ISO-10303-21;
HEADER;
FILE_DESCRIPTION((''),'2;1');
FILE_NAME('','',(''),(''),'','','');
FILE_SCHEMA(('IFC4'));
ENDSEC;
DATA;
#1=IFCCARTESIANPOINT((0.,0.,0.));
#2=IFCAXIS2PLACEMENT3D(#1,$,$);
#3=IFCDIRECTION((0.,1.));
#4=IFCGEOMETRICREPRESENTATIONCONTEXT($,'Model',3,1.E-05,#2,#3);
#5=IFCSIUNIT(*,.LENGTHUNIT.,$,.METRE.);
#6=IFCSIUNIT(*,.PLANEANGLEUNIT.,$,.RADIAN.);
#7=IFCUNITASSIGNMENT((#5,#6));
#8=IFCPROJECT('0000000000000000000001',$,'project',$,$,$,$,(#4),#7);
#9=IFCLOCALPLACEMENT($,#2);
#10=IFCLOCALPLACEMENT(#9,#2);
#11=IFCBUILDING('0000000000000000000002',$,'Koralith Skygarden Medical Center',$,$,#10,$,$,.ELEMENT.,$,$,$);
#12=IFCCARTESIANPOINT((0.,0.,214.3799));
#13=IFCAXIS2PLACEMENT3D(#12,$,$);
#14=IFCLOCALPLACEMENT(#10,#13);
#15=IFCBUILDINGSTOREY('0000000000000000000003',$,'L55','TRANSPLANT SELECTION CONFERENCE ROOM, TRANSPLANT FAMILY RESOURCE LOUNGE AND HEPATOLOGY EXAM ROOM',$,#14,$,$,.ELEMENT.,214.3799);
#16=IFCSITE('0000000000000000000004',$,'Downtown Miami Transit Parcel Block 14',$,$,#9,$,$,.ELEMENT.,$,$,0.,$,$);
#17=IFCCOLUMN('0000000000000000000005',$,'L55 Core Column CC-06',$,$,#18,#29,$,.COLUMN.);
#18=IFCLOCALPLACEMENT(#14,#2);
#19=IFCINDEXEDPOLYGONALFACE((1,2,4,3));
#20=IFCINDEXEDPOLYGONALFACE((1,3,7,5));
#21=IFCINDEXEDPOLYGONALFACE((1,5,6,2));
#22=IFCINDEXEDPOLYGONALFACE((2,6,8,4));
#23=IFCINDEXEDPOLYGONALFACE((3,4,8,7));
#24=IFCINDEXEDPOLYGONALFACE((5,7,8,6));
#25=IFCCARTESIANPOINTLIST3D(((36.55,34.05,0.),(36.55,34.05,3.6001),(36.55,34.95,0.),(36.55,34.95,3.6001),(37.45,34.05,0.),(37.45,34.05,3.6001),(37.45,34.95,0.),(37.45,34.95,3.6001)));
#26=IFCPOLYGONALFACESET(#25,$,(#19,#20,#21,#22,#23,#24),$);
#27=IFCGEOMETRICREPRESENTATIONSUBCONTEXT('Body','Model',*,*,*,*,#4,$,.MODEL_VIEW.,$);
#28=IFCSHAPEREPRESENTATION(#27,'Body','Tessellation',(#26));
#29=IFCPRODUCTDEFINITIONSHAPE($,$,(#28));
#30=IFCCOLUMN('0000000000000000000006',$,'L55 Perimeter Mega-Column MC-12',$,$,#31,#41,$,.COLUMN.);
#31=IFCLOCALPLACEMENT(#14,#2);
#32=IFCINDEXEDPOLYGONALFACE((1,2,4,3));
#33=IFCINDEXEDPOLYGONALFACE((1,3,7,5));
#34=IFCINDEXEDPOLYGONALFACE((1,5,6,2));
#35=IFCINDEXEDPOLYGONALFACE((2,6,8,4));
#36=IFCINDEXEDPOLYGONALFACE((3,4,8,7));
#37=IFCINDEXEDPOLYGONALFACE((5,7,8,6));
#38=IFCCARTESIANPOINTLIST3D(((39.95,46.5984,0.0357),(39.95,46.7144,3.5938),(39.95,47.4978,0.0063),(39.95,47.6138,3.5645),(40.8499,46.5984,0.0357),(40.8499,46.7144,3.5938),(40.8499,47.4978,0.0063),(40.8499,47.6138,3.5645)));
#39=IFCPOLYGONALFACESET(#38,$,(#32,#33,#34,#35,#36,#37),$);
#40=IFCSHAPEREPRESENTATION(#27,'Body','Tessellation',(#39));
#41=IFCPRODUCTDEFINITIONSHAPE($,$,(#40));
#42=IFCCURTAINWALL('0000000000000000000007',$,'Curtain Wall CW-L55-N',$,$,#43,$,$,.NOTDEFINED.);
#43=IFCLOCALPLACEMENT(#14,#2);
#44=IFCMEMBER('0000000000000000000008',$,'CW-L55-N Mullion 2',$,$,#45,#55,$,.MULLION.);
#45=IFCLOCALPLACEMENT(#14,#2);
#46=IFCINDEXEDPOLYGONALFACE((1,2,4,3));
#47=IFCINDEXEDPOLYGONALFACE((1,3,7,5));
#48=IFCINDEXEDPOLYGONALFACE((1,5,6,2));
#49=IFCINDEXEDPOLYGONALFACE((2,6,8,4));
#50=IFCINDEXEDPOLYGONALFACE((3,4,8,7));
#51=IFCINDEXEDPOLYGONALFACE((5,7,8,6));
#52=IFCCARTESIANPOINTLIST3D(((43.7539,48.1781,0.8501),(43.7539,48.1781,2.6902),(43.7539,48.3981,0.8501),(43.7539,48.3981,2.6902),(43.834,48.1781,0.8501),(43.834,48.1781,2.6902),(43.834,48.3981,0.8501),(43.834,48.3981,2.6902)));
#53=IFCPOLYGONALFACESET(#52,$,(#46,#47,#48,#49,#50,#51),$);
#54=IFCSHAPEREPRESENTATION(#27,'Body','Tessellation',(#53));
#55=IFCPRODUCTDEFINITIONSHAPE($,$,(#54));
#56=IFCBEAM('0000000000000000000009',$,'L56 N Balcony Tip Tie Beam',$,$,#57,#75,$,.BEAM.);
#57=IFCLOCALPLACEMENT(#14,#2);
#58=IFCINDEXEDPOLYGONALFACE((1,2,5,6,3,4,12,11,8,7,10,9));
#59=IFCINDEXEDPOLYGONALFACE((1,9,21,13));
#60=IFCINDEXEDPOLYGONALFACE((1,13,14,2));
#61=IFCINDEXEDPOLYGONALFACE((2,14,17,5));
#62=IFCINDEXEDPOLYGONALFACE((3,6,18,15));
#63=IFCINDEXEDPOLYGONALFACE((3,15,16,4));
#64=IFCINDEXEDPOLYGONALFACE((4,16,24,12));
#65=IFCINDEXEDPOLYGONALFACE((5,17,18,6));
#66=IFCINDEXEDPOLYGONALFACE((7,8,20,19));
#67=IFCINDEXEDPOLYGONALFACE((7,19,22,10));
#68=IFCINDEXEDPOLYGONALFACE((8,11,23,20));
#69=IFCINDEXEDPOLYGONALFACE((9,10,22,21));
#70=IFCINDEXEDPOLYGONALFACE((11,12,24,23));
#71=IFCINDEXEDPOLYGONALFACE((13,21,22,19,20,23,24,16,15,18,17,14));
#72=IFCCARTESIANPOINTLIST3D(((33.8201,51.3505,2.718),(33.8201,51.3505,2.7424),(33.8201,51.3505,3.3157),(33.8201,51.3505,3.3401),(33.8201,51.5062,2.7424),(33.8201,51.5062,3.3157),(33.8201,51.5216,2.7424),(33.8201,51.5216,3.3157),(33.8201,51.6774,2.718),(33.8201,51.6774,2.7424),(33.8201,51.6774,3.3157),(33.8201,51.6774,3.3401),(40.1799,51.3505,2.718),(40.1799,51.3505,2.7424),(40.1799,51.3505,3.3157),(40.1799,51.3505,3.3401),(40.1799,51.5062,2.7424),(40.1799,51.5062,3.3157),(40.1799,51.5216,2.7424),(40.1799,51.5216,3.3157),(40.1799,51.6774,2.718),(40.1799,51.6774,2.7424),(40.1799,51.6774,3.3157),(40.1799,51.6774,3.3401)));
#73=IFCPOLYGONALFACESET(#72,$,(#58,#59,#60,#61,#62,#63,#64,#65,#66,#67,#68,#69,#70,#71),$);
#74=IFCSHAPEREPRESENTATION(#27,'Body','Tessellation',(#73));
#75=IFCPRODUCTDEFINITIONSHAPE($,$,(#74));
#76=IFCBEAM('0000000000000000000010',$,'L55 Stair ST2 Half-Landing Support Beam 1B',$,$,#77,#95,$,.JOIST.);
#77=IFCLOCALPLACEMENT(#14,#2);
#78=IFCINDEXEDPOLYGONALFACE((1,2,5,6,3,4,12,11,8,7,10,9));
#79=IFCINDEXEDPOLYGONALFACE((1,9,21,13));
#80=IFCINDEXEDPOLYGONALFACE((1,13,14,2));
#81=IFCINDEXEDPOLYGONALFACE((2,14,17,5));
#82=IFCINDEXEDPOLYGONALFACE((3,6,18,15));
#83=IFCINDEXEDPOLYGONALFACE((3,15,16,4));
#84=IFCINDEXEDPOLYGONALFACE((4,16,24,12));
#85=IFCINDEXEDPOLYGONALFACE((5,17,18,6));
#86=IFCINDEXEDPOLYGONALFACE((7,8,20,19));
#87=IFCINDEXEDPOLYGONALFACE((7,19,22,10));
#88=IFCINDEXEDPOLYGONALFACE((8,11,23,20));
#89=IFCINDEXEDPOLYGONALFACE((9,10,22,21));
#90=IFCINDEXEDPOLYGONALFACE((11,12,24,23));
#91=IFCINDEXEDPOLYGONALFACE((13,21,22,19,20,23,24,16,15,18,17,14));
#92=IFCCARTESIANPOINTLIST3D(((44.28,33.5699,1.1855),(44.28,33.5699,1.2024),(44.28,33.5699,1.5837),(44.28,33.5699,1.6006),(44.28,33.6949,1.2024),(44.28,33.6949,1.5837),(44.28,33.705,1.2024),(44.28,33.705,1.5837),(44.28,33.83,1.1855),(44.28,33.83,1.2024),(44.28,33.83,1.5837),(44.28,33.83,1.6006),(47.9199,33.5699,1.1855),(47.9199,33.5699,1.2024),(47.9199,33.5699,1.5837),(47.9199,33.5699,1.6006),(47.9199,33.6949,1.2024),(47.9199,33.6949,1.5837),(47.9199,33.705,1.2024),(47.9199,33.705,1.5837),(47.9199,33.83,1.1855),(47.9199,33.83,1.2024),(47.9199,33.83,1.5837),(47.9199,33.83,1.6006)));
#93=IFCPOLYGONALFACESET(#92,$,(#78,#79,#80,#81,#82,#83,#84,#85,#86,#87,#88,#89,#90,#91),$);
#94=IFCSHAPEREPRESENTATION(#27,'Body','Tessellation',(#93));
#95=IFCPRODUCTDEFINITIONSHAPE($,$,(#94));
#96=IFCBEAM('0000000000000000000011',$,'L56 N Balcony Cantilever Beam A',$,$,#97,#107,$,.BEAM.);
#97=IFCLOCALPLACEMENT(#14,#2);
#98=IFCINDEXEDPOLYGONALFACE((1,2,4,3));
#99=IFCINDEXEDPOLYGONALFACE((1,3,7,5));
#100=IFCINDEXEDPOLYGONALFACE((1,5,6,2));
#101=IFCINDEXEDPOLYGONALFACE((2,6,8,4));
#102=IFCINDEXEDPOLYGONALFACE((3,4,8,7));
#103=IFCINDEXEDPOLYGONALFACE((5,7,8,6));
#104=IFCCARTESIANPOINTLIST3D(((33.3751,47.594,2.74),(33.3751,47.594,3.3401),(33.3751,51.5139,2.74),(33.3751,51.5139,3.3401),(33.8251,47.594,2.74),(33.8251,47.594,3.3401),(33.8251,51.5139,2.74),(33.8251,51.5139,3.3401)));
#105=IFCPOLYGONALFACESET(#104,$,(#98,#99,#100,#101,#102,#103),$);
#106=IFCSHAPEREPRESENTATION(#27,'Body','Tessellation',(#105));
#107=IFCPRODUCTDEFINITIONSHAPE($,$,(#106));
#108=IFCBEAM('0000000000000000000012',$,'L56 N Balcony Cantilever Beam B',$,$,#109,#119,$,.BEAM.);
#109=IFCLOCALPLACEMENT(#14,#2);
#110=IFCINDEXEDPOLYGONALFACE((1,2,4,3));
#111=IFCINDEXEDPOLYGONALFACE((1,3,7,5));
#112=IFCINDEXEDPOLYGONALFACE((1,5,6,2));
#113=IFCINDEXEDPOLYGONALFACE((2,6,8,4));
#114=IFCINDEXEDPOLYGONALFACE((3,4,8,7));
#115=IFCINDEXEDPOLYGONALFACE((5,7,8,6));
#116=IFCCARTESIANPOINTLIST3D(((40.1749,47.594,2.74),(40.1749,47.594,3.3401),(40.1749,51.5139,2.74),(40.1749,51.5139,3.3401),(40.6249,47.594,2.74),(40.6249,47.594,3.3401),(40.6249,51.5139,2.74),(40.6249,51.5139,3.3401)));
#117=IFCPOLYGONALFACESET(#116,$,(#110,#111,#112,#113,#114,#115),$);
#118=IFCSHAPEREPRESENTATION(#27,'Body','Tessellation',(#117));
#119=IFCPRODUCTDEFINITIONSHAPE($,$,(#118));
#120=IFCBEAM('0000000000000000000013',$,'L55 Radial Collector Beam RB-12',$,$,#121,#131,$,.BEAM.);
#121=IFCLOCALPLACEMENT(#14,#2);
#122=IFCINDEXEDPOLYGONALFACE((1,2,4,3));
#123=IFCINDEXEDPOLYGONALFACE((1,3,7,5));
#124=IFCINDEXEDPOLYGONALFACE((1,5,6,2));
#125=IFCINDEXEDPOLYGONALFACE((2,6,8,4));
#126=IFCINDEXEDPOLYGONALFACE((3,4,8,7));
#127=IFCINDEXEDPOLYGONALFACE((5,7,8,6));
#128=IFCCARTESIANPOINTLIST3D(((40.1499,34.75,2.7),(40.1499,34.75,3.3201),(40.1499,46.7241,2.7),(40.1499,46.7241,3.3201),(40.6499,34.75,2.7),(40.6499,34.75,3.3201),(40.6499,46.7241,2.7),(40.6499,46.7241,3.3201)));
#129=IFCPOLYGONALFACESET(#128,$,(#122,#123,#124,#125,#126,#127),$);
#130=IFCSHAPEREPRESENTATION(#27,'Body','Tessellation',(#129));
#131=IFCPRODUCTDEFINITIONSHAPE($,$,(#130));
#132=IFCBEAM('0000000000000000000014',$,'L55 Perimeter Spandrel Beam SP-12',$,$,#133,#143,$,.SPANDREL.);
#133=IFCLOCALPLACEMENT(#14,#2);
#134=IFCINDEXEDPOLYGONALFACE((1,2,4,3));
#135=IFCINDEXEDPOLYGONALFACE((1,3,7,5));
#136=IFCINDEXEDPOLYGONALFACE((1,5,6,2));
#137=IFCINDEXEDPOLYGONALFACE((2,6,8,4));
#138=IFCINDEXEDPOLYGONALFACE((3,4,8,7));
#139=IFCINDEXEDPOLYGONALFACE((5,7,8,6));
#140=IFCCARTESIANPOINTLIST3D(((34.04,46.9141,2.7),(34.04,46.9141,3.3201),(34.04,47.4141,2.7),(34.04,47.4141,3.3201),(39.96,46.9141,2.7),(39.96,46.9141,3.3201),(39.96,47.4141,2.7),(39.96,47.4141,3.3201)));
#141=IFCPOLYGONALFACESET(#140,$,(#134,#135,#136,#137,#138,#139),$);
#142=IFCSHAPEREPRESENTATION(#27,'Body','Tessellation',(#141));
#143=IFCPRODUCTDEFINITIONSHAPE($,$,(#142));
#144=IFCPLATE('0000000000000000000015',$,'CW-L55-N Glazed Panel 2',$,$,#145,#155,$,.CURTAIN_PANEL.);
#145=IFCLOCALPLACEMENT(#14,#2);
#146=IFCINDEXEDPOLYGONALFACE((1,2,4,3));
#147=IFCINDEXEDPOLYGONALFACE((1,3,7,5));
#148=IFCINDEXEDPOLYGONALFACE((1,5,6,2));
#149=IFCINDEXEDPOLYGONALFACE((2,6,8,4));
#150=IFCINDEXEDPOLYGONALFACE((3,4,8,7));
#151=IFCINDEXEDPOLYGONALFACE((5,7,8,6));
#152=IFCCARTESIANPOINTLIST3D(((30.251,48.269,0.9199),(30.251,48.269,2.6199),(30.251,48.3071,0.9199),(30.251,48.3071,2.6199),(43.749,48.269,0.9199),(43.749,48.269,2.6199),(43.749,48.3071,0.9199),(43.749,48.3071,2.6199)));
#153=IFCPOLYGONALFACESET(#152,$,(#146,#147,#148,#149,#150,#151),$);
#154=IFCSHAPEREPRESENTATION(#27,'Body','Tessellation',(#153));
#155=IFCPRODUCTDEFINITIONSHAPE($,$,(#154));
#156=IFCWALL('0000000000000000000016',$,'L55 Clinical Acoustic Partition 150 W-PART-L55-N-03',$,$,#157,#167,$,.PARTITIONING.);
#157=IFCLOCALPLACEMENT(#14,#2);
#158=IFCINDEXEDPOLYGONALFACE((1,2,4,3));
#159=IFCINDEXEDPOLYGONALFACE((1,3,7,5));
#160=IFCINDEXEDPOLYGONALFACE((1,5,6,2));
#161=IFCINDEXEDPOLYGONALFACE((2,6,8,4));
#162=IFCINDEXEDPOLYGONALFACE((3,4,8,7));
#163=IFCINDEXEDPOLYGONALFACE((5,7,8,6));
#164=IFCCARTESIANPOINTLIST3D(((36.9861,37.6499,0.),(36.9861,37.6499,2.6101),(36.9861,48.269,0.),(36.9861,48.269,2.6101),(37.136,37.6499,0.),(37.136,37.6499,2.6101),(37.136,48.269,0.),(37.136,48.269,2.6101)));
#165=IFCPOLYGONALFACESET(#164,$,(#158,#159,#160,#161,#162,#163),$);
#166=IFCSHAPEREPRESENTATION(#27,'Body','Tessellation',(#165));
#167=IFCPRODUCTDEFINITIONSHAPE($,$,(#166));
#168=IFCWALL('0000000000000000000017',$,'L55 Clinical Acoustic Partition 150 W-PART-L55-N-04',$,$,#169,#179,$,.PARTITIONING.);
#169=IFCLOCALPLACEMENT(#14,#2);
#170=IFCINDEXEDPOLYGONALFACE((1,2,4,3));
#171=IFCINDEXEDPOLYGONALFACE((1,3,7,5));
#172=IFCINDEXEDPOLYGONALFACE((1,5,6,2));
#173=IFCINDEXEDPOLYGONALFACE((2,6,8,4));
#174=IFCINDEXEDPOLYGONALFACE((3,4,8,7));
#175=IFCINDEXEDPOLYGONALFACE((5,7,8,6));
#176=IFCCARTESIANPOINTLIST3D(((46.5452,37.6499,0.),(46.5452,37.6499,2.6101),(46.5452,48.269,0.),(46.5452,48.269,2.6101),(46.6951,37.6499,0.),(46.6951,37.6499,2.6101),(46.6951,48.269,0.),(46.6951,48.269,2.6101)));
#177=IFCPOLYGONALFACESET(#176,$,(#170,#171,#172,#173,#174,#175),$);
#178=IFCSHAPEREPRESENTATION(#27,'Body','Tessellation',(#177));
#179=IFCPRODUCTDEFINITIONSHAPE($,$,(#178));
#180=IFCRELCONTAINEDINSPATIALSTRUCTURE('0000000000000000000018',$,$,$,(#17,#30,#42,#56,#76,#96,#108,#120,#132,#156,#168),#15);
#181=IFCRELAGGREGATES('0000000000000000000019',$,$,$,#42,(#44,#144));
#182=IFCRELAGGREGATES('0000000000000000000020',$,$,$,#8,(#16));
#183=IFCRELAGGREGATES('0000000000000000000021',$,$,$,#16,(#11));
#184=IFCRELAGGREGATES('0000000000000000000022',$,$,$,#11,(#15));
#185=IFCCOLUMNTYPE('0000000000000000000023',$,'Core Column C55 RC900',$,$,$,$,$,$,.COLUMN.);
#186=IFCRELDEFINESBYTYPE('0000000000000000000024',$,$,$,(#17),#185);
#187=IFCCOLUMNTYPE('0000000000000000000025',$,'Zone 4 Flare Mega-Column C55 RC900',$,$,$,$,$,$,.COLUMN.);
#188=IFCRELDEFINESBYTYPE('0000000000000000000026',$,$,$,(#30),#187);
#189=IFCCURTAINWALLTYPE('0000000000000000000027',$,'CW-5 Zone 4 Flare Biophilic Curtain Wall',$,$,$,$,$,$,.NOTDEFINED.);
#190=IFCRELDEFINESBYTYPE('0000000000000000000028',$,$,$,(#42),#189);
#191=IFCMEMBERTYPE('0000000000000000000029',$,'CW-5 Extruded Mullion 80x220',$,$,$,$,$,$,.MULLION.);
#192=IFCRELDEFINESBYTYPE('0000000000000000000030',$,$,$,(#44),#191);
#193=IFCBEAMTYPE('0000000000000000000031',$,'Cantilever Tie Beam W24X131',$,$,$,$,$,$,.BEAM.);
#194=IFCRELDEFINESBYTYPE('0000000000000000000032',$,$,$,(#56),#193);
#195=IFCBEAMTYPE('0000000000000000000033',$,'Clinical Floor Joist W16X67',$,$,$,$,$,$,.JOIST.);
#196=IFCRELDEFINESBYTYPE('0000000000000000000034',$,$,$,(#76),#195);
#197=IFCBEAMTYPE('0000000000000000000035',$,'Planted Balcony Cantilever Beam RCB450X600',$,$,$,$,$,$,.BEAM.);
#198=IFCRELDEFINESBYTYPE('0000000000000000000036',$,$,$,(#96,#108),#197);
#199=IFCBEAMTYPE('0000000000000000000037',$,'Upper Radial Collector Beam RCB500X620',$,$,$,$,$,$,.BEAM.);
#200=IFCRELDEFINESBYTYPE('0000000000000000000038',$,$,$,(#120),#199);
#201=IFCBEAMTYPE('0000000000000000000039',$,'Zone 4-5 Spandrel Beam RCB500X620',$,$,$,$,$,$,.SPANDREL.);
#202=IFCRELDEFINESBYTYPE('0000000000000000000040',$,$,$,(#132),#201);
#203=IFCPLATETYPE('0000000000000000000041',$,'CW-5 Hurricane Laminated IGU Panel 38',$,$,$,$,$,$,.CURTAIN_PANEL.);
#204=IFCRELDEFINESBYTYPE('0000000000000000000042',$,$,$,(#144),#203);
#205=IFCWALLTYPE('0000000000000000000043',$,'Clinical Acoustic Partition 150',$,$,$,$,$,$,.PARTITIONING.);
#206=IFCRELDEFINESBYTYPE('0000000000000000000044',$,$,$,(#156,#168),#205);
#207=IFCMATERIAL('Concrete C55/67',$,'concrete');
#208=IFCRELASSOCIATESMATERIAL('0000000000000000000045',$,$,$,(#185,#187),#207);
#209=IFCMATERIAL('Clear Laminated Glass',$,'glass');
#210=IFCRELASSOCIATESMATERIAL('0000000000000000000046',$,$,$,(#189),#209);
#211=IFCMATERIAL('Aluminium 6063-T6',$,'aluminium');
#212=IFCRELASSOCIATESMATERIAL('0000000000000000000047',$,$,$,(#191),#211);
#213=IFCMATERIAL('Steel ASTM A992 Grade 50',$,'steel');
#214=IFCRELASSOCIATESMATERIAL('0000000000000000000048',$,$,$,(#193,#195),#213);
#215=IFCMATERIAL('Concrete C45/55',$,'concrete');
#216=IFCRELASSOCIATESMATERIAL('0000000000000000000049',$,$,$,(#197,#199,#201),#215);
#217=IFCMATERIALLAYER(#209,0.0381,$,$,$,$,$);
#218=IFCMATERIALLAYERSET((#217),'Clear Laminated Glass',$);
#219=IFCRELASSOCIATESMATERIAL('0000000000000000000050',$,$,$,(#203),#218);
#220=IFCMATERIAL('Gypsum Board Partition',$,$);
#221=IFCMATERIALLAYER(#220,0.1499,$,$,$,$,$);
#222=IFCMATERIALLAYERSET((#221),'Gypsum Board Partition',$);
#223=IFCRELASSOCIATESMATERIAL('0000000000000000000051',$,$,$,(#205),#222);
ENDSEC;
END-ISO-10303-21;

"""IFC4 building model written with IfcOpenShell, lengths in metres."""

from ifc_helpers import new_model, si_unit, direction, frame, frame_2d, origin, origin_2d, place, context, subcontext, project, spatial, rectangle, i_section, extrude, material, layer, layer_set, material_profile, profile_set, type_object, element, aggregate, save


model = new_model("IFC4")

# Units and contexts
model_context = context("Model", 3, precision=1e-05, world=origin(), true_north=direction((0.0, 1.0)))
body_context = subcontext(model_context, "Body", "Model", "MODEL_VIEW")
ifc_project = project(units=[si_unit("LENGTHUNIT", "METRE"), si_unit("PLANEANGLEUNIT", "RADIAN")], contexts=[model_context])

# Site, building, storey
site_placement = place(None, origin())
site = spatial("IfcSite", under=ifc_project, at=site_placement, Name="Downtown Miami Transit Parcel Block 14", CompositionType="ELEMENT", RefElevation=0.0)
building_placement = place(site_placement, origin())
building = spatial("IfcBuilding", under=site, at=building_placement, Name="Koralith Skygarden Medical Center", CompositionType="ELEMENT")
storey_placement = place(building_placement, frame((0.0, 0.0, 214.3799)))
storey = spatial("IfcBuildingStorey", under=building, at=storey_placement, Name="L55", Description="TRANSPLANT SELECTION CONFERENCE ROOM, TRANSPLANT FAMILY RESOURCE LOUNGE AND HEPATOLOGY EXAM ROOM", CompositionType="ELEMENT", Elevation=214.3799)

# Columns
ifc_material_1 = material(Name="Concrete C55/67", Category="concrete")
ifc_material_profile_1 = material_profile(ifc_material_1, rectangle(XDim=0.8999, YDim=0.8999, at=origin_2d()), Name="RC900X900")
ifc_profile_set_1 = profile_set([ifc_material_profile_1], Name="Concrete C55/67")
column_type_1 = type_object("IfcColumnType", Name="Core Column C55 RC900", PredefinedType="COLUMN", material=ifc_profile_set_1)
column_1_placement = place(storey_placement, frame((37.0, 34.5, 0.0), z_axis=(0.0, 0.0, 1.0), x_axis=(1.0, 0.0, 0.0)))
element("IfcColumn", 1, at=column_1_placement, inside=storey, type_object=column_type_1, Name="L55 Core Column CC-06", PredefinedType="COLUMN", context=body_context, shape_type="SweptSolid", body=[
    extrude(rectangle(XDim=0.8999, YDim=0.8999, at=origin_2d()), origin(), (0.0, 0.0, 1.0), 3.6001),
])
ifc_material_profile_2 = material_profile(ifc_material_1, rectangle(XDim=0.8999, YDim=0.8999, at=origin_2d()), Name="RC900X900")
ifc_profile_set_2 = profile_set([ifc_material_profile_2], Name="Concrete C55/67")
column_type_2 = type_object("IfcColumnType", Name="Zone 4 Flare Mega-Column C55 RC900", PredefinedType="COLUMN", material=ifc_profile_set_2)
column_2_placement = place(storey_placement, frame((40.3999, 47.0481, 0.021), z_axis=(0.0, 0.032575, 0.999469), x_axis=(-1.0, 0.0, 0.0)))
element("IfcColumn", 2, at=column_2_placement, inside=storey, type_object=column_type_2, Name="L55 Perimeter Mega-Column MC-12", PredefinedType="COLUMN", context=body_context, shape_type="SweptSolid", body=[
    extrude(rectangle(XDim=0.8999, YDim=0.8999, at=origin_2d()), origin(), (0.0, 0.0, 1.0), 3.5601),
])

# Curtain wall, member
ifc_material_2 = material(Name="Clear Laminated Glass", Category="glass")
curtain_wall_type = type_object("IfcCurtainWallType", Name="CW-5 Zone 4 Flare Biophilic Curtain Wall", PredefinedType="NOTDEFINED", material=ifc_material_2)
curtain_wall_placement = place(storey_placement, origin())
curtain_wall = element("IfcCurtainWall", 3, at=curtain_wall_placement, inside=storey, type_object=curtain_wall_type, Name="Curtain Wall CW-L55-N", PredefinedType="NOTDEFINED")
ifc_material_3 = material(Name="Aluminium 6063-T6", Category="aluminium")
ifc_material_profile_3 = material_profile(ifc_material_3, rectangle(XDim=0.0801, YDim=0.22, at=origin_2d()), Name="MUL80X220")
ifc_profile_set_3 = profile_set([ifc_material_profile_3], Name="Aluminium 6063-T6")
member_type = type_object("IfcMemberType", Name="CW-5 Extruded Mullion 80x220", PredefinedType="MULLION", material=ifc_profile_set_3)
member_placement = place(storey_placement, frame((43.7939, 48.2881, 0.8501), z_axis=(0.0, 0.0, 1.0), x_axis=(1.0, 0.0, 0.0)))
member = element("IfcMember", 4, at=member_placement, type_object=member_type, Name="CW-L55-N Mullion 2", PredefinedType="MULLION", context=body_context, shape_type="SweptSolid", body=[
    extrude(rectangle(XDim=0.0801, YDim=0.22, at=origin_2d()), origin(), (0.0, 0.0, 1.0), 1.8401),
])

# Beams
ifc_material_4 = material(Name="Steel ASTM A992 Grade 50", Category="steel")
ifc_material_profile_4 = material_profile(ifc_material_4, i_section(OverallWidth=0.3269, OverallDepth=0.6221, WebThickness=0.0154, FlangeThickness=0.0244, at=origin_2d()), Name="W24X131")
ifc_profile_set_4 = profile_set([ifc_material_profile_4], Name="Steel ASTM A992 Grade 50")
beam_type_1 = type_object("IfcBeamType", Name="Cantilever Tie Beam W24X131", PredefinedType="BEAM", material=ifc_profile_set_4)
beam_1_placement = place(storey_placement, frame((33.8201, 51.5139, 3.0291), z_axis=(1.0, 0.0, 0.0), x_axis=(0.0, 1.0, 0.0)))
element("IfcBeam", 5, at=beam_1_placement, inside=storey, type_object=beam_type_1, Name="L56 N Balcony Tip Tie Beam", PredefinedType="BEAM", context=body_context, shape_type="SweptSolid", body=[
    extrude(i_section(OverallWidth=0.3269, OverallDepth=0.6221, WebThickness=0.0154, FlangeThickness=0.0244, at=origin_2d()), origin(), (0.0, 0.0, 1.0), 6.3599),
])
ifc_material_profile_5 = material_profile(ifc_material_4, i_section(OverallWidth=0.26, OverallDepth=0.415, WebThickness=0.01, FlangeThickness=0.0168, at=origin_2d()), Name="W16X67")
ifc_profile_set_5 = profile_set([ifc_material_profile_5], Name="Steel ASTM A992 Grade 50")
beam_type_2 = type_object("IfcBeamType", Name="Clinical Floor Joist W16X67", PredefinedType="JOIST", material=ifc_profile_set_5)
beam_2_placement = place(storey_placement, frame((44.28, 33.7, 1.3931), z_axis=(1.0, 0.0, 0.0), x_axis=(0.0, 1.0, 0.0)))
element("IfcBeam", 6, at=beam_2_placement, inside=storey, type_object=beam_type_2, Name="L55 Stair ST2 Half-Landing Support Beam 1B", PredefinedType="JOIST", context=body_context, shape_type="SweptSolid", body=[
    extrude(i_section(OverallWidth=0.26, OverallDepth=0.415, WebThickness=0.01, FlangeThickness=0.0168, at=origin_2d()), origin(), (0.0, 0.0, 1.0), 3.6399),
])
ifc_material_5 = material(Name="Concrete C45/55", Category="concrete")
ifc_material_profile_6 = material_profile(ifc_material_5, rectangle(XDim=0.45, YDim=0.6001, at=origin_2d()), Name="RCB450X600")
ifc_profile_set_6 = profile_set([ifc_material_profile_6], Name="Concrete C45/55")
beam_type_3 = type_object("IfcBeamType", Name="Planted Balcony Cantilever Beam RCB450X600", PredefinedType="BEAM", material=ifc_profile_set_6)
for number, where, z_axis, x_axis, name in (
    (7, (33.6001, 47.594, 3.04), (0.0, 1.0, 0.0), (-1.0, 0.0, 0.0), "L56 N Balcony Cantilever Beam A"),
    (8, (40.3999, 47.594, 3.04), (0.0, 1.0, 0.0), (-1.0, 0.0, 0.0), "L56 N Balcony Cantilever Beam B"),
):
    element("IfcBeam", number, at=place(storey_placement, frame(where, z_axis=z_axis, x_axis=x_axis)), inside=storey, type_object=beam_type_3, Name=name, PredefinedType="BEAM", context=body_context, shape_type="SweptSolid", body=[
        extrude(rectangle(XDim=0.45, YDim=0.6001, at=origin_2d()), origin(), (0.0, 0.0, 1.0), 3.9199),
    ])
ifc_material_profile_7 = material_profile(ifc_material_5, rectangle(XDim=0.5, YDim=0.6201, at=origin_2d()), Name="RCB500X620")
ifc_profile_set_7 = profile_set([ifc_material_profile_7], Name="Concrete C45/55")
beam_type_4 = type_object("IfcBeamType", Name="Upper Radial Collector Beam RCB500X620", PredefinedType="BEAM", material=ifc_profile_set_7)
beam_3_placement = place(storey_placement, frame((40.3999, 34.75, 3.01), z_axis=(0.0, 1.0, 0.0), x_axis=(-1.0, 0.0, 0.0)))
element("IfcBeam", 9, at=beam_3_placement, inside=storey, type_object=beam_type_4, Name="L55 Radial Collector Beam RB-12", PredefinedType="BEAM", context=body_context, shape_type="SweptSolid", body=[
    extrude(rectangle(XDim=0.5, YDim=0.6201, at=origin_2d()), origin(), (0.0, 0.0, 1.0), 11.9741),
])
ifc_material_profile_8 = material_profile(ifc_material_5, rectangle(XDim=0.5, YDim=0.6201, at=origin_2d()), Name="RCB500X620")
ifc_profile_set_8 = profile_set([ifc_material_profile_8], Name="Concrete C45/55")
beam_type_5 = type_object("IfcBeamType", Name="Zone 4-5 Spandrel Beam RCB500X620", PredefinedType="SPANDREL", material=ifc_profile_set_8)
beam_4_placement = place(storey_placement, frame((39.96, 47.1641, 3.01), z_axis=(-1.0, 0.0, 0.0), x_axis=(0.0, -1.0, 0.0)))
element("IfcBeam", 10, at=beam_4_placement, inside=storey, type_object=beam_type_5, Name="L55 Perimeter Spandrel Beam SP-12", PredefinedType="SPANDREL", context=body_context, shape_type="SweptSolid", body=[
    extrude(rectangle(XDim=0.5, YDim=0.6201, at=origin_2d()), origin(), (0.0, 0.0, 1.0), 5.9199),
])

# Plate
ifc_layer_1 = layer(ifc_material_2, 0.0381)
ifc_layer_set_1 = layer_set([ifc_layer_1], Name="Clear Laminated Glass")
plate_type = type_object("IfcPlateType", Name="CW-5 Hurricane Laminated IGU Panel 38", PredefinedType="CURTAIN_PANEL", material=ifc_layer_set_1)
plate_placement = place(storey_placement, frame((37.0, 48.2881, 0.9199), z_axis=(0.0, 0.0, 1.0), x_axis=(-1.0, 0.0, 0.0)))
plate = element("IfcPlate", 11, at=plate_placement, type_object=plate_type, Name="CW-L55-N Glazed Panel 2", PredefinedType="CURTAIN_PANEL", context=body_context, shape_type="SweptSolid", body=[
    extrude(rectangle(XDim=13.498, YDim=0.0381, at=origin_2d()), origin(), (0.0, 0.0, 1.0), 1.7),
])
aggregate(curtain_wall, [member, plate])

# Walls
ifc_material_6 = material(Name="Gypsum Board Partition")
ifc_layer_2 = layer(ifc_material_6, 0.1499)
ifc_layer_set_2 = layer_set([ifc_layer_2], Name="Gypsum Board Partition")
wall_type_1 = type_object("IfcWallType", Name="Clinical Acoustic Partition 150", PredefinedType="PARTITIONING", material=ifc_layer_set_2)
for number, where, z_axis, x_axis, name in (
    (12, (37.061, 37.6499, 0.0), (0.0, 0.0, 1.0), (0.0, 1.0, 0.0), "L55 Clinical Acoustic Partition 150 W-PART-L55-N-03"),
    (13, (46.6201, 37.6499, 0.0), (0.0, 0.0, 1.0), (0.0, 1.0, 0.0), "L55 Clinical Acoustic Partition 150 W-PART-L55-N-04"),
):
    element("IfcWall", number, at=place(storey_placement, frame(where, z_axis=z_axis, x_axis=x_axis)), inside=storey, type_object=wall_type_1, Name=name, PredefinedType="PARTITIONING", context=body_context, shape_type="SweptSolid", body=[
        extrude(rectangle(XDim=10.6191, YDim=0.1499, at=frame_2d((5.3096, 0.0))), origin(), (0.0, 0.0, 1.0), 2.6101),
    ])

save(model, "model.ifc")
